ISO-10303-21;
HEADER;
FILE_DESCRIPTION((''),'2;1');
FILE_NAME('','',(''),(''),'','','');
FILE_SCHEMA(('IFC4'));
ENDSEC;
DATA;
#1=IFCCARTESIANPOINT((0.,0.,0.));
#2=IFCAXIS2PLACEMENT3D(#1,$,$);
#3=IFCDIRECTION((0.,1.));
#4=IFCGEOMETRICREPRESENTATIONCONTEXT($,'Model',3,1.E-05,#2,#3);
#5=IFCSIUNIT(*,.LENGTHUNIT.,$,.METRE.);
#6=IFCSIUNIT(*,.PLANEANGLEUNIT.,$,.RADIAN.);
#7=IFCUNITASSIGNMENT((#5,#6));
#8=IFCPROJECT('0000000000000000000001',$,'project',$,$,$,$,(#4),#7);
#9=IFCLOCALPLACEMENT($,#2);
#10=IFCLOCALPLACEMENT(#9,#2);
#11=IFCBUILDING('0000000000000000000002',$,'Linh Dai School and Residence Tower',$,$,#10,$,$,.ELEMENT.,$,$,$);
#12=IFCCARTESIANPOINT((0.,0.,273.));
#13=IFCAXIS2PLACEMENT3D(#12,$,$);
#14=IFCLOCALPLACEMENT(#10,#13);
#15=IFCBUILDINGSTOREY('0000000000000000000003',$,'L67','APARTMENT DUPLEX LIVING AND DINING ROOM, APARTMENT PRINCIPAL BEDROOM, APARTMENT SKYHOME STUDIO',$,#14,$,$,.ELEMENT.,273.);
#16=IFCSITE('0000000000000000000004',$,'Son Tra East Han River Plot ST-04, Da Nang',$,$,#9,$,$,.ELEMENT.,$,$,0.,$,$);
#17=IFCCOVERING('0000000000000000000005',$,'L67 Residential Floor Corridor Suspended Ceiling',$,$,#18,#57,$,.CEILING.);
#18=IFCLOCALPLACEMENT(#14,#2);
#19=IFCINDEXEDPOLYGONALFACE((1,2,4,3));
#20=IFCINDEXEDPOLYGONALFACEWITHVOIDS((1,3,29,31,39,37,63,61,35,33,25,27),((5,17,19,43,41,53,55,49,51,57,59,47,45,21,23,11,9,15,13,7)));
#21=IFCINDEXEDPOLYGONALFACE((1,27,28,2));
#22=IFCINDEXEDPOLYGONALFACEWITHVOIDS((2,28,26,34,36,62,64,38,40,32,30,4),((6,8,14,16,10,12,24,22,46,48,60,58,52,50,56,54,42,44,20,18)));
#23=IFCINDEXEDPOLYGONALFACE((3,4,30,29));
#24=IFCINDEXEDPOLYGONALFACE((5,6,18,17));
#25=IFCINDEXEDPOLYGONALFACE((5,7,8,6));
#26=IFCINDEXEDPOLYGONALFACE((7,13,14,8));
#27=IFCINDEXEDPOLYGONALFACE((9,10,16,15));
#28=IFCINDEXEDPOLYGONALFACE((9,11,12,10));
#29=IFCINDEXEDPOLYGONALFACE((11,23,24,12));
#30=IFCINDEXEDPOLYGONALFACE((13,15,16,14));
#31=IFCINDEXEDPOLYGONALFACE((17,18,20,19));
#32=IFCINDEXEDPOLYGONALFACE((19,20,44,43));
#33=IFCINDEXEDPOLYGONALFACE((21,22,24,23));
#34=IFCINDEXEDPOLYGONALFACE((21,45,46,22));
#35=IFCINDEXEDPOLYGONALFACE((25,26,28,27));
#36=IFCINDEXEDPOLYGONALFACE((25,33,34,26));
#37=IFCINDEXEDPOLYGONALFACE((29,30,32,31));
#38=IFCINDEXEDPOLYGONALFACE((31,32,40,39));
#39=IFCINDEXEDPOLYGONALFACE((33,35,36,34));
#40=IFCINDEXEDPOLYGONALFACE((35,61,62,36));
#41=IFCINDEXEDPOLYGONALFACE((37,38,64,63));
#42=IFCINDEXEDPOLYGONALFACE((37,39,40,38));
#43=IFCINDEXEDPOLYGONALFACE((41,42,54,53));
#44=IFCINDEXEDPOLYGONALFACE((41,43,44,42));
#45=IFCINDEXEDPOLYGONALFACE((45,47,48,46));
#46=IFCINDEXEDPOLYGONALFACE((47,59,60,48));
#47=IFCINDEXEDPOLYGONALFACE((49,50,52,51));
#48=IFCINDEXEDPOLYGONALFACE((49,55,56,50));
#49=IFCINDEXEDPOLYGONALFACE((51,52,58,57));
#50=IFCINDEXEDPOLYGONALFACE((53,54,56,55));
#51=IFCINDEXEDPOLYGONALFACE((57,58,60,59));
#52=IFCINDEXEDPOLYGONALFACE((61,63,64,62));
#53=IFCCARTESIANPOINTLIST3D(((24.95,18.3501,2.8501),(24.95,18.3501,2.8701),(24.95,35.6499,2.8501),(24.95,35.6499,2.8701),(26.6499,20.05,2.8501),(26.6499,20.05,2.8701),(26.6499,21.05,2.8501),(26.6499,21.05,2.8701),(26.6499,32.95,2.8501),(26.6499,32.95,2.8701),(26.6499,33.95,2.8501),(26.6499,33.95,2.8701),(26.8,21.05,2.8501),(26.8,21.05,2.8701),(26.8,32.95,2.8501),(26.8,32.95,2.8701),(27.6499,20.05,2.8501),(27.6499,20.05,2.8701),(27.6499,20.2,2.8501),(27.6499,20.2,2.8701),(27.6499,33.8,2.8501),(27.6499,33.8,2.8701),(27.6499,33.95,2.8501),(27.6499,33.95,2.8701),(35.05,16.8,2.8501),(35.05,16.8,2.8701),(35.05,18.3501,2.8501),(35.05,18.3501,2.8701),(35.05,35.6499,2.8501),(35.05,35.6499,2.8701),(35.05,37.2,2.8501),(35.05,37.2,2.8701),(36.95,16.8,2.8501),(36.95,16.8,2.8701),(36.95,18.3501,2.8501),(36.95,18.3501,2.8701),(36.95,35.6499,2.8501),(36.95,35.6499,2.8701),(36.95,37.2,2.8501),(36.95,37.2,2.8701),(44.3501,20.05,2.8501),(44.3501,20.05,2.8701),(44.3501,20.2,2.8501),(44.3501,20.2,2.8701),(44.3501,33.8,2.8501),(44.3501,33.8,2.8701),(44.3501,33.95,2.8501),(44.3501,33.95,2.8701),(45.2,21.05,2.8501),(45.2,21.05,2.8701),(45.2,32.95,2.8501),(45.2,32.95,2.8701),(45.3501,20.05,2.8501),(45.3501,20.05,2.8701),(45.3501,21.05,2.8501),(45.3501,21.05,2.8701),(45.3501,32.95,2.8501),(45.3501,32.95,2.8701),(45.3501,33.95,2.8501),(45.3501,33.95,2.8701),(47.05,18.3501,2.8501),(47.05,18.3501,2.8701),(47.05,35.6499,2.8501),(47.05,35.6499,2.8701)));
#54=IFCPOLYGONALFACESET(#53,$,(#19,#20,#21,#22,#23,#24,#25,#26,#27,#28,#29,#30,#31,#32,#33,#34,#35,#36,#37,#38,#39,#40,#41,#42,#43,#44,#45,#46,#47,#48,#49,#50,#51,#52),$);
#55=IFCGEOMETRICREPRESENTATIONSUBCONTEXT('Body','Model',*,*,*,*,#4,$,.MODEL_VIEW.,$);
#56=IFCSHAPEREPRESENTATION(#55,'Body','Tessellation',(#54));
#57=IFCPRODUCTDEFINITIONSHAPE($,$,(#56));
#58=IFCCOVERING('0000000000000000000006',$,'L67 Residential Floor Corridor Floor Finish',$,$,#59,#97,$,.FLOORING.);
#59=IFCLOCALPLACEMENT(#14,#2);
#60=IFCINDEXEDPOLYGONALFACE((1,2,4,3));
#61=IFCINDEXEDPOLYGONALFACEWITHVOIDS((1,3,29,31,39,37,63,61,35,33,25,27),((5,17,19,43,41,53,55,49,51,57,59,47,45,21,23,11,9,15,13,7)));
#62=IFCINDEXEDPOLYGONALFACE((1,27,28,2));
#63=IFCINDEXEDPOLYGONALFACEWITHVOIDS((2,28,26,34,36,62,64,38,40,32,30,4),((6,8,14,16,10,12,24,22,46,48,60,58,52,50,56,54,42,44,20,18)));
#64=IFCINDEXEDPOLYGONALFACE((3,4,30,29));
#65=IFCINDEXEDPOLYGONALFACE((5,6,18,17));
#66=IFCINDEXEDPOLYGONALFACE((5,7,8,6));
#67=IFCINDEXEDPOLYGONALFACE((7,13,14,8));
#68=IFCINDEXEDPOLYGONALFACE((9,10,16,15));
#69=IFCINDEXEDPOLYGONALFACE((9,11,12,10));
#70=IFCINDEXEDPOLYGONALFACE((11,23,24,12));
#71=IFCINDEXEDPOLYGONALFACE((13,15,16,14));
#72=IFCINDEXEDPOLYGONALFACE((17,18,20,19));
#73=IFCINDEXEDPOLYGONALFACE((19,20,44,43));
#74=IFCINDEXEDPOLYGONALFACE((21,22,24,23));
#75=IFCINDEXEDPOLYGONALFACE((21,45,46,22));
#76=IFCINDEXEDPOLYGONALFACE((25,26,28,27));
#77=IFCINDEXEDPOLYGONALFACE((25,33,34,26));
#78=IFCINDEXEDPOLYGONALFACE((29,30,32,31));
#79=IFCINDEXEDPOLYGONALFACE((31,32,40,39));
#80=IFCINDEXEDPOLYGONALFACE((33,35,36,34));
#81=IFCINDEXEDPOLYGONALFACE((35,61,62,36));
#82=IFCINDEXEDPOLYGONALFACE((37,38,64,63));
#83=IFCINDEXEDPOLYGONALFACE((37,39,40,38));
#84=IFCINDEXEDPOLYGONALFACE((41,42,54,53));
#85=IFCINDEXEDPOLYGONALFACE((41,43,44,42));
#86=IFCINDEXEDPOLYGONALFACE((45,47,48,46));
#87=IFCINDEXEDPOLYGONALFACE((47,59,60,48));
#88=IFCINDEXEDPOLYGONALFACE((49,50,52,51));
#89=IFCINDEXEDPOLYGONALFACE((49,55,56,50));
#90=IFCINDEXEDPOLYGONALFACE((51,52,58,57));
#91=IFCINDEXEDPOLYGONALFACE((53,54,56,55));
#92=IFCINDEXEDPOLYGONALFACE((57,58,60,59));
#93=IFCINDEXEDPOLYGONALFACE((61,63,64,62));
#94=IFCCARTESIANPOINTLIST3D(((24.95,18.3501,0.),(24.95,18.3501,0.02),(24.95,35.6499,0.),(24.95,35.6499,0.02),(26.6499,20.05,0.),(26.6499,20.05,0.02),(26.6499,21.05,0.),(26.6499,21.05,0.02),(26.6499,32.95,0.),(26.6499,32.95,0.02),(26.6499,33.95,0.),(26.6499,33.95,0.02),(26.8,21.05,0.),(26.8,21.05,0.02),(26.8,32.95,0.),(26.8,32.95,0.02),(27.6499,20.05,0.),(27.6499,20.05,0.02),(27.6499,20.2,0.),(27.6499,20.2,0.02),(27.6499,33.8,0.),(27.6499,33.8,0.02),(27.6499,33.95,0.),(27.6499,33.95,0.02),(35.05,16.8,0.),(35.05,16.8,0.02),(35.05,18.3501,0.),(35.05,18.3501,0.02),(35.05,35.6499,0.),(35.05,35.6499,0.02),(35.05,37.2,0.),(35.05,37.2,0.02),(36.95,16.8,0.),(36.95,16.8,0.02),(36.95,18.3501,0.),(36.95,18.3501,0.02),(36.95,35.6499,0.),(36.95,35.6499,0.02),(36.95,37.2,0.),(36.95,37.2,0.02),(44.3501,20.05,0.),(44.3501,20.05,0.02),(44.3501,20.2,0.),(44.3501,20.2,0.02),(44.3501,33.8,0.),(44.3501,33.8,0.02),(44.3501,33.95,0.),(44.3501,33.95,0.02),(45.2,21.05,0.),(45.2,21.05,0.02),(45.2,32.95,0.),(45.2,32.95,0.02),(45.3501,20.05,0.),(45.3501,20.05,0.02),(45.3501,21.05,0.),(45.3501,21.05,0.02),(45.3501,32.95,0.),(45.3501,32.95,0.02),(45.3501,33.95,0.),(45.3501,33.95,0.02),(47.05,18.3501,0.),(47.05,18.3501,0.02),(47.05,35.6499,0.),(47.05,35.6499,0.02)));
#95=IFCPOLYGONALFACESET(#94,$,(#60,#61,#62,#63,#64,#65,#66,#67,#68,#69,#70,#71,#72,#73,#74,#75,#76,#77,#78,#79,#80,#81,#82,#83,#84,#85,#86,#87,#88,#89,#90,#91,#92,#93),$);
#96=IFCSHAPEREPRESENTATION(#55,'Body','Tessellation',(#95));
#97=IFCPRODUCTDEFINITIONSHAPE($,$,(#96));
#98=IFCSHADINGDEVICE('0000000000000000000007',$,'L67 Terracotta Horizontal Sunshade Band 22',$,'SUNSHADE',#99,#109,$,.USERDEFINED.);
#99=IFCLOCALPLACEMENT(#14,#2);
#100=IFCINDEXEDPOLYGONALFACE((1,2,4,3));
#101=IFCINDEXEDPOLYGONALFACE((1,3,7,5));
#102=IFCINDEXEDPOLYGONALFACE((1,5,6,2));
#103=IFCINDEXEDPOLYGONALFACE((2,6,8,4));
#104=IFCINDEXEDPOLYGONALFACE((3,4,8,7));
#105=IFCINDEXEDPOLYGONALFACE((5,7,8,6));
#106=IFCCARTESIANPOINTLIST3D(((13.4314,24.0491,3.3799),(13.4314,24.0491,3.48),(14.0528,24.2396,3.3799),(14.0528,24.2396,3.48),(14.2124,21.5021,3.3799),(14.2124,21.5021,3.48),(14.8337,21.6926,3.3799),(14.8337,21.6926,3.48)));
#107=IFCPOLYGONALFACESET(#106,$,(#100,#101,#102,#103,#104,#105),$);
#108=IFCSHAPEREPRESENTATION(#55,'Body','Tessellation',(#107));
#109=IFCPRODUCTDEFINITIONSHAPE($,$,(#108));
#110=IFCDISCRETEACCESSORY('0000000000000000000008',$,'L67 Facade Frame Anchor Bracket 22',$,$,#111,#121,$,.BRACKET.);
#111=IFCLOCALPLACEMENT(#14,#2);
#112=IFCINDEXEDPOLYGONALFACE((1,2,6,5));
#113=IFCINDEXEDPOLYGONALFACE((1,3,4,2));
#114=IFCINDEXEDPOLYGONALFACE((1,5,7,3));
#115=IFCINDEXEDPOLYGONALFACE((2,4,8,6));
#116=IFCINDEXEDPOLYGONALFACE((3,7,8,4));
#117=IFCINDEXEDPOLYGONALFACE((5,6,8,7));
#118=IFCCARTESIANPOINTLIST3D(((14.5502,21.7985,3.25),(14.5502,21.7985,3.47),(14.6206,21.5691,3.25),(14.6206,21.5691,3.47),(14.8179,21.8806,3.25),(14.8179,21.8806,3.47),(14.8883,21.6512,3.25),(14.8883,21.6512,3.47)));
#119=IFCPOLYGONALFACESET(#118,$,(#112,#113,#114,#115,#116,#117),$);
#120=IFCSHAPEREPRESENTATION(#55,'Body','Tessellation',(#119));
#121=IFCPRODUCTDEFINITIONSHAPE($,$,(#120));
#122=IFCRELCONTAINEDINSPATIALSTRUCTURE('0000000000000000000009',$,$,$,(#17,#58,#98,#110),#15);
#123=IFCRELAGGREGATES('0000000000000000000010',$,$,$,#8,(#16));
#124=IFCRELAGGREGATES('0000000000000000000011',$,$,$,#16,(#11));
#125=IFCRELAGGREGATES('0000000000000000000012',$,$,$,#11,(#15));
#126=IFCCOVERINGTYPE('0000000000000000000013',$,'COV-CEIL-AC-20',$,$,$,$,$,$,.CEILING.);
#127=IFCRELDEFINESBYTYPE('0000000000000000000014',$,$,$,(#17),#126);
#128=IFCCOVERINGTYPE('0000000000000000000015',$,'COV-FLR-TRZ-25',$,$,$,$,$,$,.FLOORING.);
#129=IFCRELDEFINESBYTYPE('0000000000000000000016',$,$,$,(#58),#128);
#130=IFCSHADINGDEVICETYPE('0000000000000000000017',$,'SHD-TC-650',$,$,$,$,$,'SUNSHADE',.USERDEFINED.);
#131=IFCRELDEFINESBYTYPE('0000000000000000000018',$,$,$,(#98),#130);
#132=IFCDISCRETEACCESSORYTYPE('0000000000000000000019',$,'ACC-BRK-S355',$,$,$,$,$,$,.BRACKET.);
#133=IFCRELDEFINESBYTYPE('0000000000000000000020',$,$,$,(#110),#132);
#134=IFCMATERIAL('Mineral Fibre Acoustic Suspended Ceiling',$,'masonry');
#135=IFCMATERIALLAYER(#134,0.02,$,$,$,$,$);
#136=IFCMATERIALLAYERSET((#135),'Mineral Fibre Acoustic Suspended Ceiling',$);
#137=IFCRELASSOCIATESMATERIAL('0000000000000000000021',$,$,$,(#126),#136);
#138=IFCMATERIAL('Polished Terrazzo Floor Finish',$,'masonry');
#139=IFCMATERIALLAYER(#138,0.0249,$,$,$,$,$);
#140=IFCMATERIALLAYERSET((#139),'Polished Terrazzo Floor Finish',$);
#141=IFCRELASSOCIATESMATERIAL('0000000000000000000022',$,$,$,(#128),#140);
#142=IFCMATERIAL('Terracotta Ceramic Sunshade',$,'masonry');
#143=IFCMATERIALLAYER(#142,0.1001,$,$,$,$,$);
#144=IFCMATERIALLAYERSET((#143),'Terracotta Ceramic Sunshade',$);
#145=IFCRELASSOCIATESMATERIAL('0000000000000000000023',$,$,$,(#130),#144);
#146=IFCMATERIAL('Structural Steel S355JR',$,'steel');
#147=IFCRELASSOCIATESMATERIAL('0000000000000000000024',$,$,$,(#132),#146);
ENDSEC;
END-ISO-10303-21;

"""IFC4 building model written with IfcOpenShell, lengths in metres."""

from ifc_helpers import new_model, si_unit, direction, frame, origin, origin_2d, place, context, subcontext, project, spatial, polyline, rectangle, outline, extrude, source, transform, mapped, material, layer, layer_set, type_object, element, save


model = new_model("IFC4")

# Units and contexts
model_context = context("Model", 3, precision=1e-05, world=origin(), true_north=direction((0.0, 1.0)))
body_context = subcontext(model_context, "Body", "Model", "MODEL_VIEW")
ifc_project = project(units=[si_unit("LENGTHUNIT", "METRE"), si_unit("PLANEANGLEUNIT", "RADIAN")], contexts=[model_context])

# Site, building, storey
site_placement = place(None, origin())
site = spatial("IfcSite", under=ifc_project, at=site_placement, Name="Son Tra East Han River Plot ST-04, Da Nang", CompositionType="ELEMENT", RefElevation=0.0)
building_placement = place(site_placement, origin())
building = spatial("IfcBuilding", under=site, at=building_placement, Name="Linh Dai School and Residence Tower", CompositionType="ELEMENT")
storey_placement = place(building_placement, frame((0.0, 0.0, 273.0)))
storey = spatial("IfcBuildingStorey", under=building, at=storey_placement, Name="L67", Description="APARTMENT DUPLEX LIVING AND DINING ROOM, APARTMENT PRINCIPAL BEDROOM, APARTMENT SKYHOME STUDIO", CompositionType="ELEMENT", Elevation=273.0)

# Shared definitions
ifc_material_1 = material(Name="Structural Steel S355JR", Category="steel")

# Coverings
ifc_material_2 = material(Name="Mineral Fibre Acoustic Suspended Ceiling", Category="masonry")
ifc_layer_1 = layer(ifc_material_2, 0.02)
ifc_layer_set_1 = layer_set([ifc_layer_1], Name="Mineral Fibre Acoustic Suspended Ceiling")
covering_type_1 = type_object("IfcCoveringType", Name="COV-CEIL-AC-20", PredefinedType="CEILING", material=ifc_layer_set_1)
covering_1_placement = place(storey_placement, frame((0.0, 0.0, 2.8501)))
element("IfcCovering", 1, at=covering_1_placement, inside=storey, type_object=covering_type_1, Name="L67 Residential Floor Corridor Suspended Ceiling", PredefinedType="CEILING", context=body_context, shape_type="SweptSolid", body=[
    extrude(outline(polyline([(24.95, 18.3501), (24.95, 35.6499), (35.05, 35.6499), (35.05, 37.2), (36.95, 37.2), (36.95, 35.6499), (47.05, 35.6499), (47.05, 18.3501), (36.95, 18.3501), (36.95, 16.8), (35.05, 16.8), (35.05, 18.3501), (24.95, 18.3501)]), holes=[polyline([(27.6499, 33.8), (27.6499, 33.95), (26.6499, 33.95), (26.6499, 32.95), (26.8, 32.95), (26.8, 21.05), (26.6499, 21.05), (26.6499, 20.05), (27.6499, 20.05), (27.6499, 20.2), (44.3501, 20.2), (44.3501, 20.05), (45.3501, 20.05), (45.3501, 21.05), (45.2, 21.05), (45.2, 32.95), (45.3501, 32.95), (45.3501, 33.95), (44.3501, 33.95), (44.3501, 33.8), (27.6499, 33.8)])]), origin(), (0.0, 0.0, 1.0), 0.02),
])
ifc_material_3 = material(Name="Polished Terrazzo Floor Finish", Category="masonry")
ifc_layer_2 = layer(ifc_material_3, 0.0249)
ifc_layer_set_2 = layer_set([ifc_layer_2], Name="Polished Terrazzo Floor Finish")
covering_type_2 = type_object("IfcCoveringType", Name="COV-FLR-TRZ-25", PredefinedType="FLOORING", material=ifc_layer_set_2)
covering_2_placement = place(storey_placement, origin())
element("IfcCovering", 2, at=covering_2_placement, inside=storey, type_object=covering_type_2, Name="L67 Residential Floor Corridor Floor Finish", PredefinedType="FLOORING", context=body_context, shape_type="SweptSolid", body=[
    extrude(outline(polyline([(24.95, 18.3501), (24.95, 35.6499), (35.05, 35.6499), (35.05, 37.2), (36.95, 37.2), (36.95, 35.6499), (47.05, 35.6499), (47.05, 18.3501), (36.95, 18.3501), (36.95, 16.8), (35.05, 16.8), (35.05, 18.3501), (24.95, 18.3501)]), holes=[polyline([(27.6499, 33.8), (27.6499, 33.95), (26.6499, 33.95), (26.6499, 32.95), (26.8, 32.95), (26.8, 21.05), (26.6499, 21.05), (26.6499, 20.05), (27.6499, 20.05), (27.6499, 20.2), (44.3501, 20.2), (44.3501, 20.05), (45.3501, 20.05), (45.3501, 21.05), (45.2, 21.05), (45.2, 32.95), (45.3501, 32.95), (45.3501, 33.95), (44.3501, 33.95), (44.3501, 33.8), (27.6499, 33.8)])]), origin(), (0.0, 0.0, 1.0), 0.02),
])

# Shading device
ifc_material_4 = material(Name="Terracotta Ceramic Sunshade", Category="masonry")
ifc_layer_3 = layer(ifc_material_4, 0.1001)
ifc_layer_set_3 = layer_set([ifc_layer_3], Name="Terracotta Ceramic Sunshade")
shading_device_type = type_object("IfcShadingDeviceType", Name="SHD-TC-650", ElementType="SUNSHADE", PredefinedType="USERDEFINED", material=ifc_layer_set_3)
shared_shape_1 = source(origin(), body_context, "Body", "SweptSolid", [
    extrude(rectangle(XDim=2.6641, YDim=0.6499, at=origin_2d()), origin(), (0.0, 0.0, 1.0), 0.1001),
])
shading_device_placement = place(storey_placement, frame((14.1326, 22.8708, 3.3799), z_axis=(0.0, 0.0, 1.0), x_axis=(-0.293141, 0.956069, 0.0)))
element("IfcShadingDevice", 3, at=shading_device_placement, inside=storey, type_object=shading_device_type, Name="L67 Terracotta Horizontal Sunshade Band 22", ObjectType="SUNSHADE", PredefinedType="USERDEFINED", context=body_context, shape_type="MappedRepresentation", body=[
    mapped(shared_shape_1, transform((0.0, 0.0, 0.0), x_axis=(1.0, 0.0, 0.0), y_axis=(0.0, 1.0, 0.0), z_axis=(0.0, 0.0, 1.0), scale=1.0)),
])

# Discrete accessory
discrete_accessory_type = type_object("IfcDiscreteAccessoryType", Name="ACC-BRK-S355", PredefinedType="BRACKET", material=ifc_material_1)
shared_shape_2 = source(origin(), body_context, "Body", "SweptSolid", [
    extrude(rectangle(XDim=0.28, YDim=0.24, at=origin_2d()), origin(), (0.0, 0.0, 1.0), 0.22),
])
discrete_accessory_placement = place(storey_placement, frame((14.7192, 21.7249, 3.25), z_axis=(0.0, 0.0, 1.0), x_axis=(-0.956069, -0.293141, 0.0)))
element("IfcDiscreteAccessory", 4, at=discrete_accessory_placement, inside=storey, type_object=discrete_accessory_type, Name="L67 Facade Frame Anchor Bracket 22", PredefinedType="BRACKET", context=body_context, shape_type="MappedRepresentation", body=[
    mapped(shared_shape_2, transform((0.0, 0.0, 0.0), x_axis=(1.0, 0.0, 0.0), y_axis=(0.0, 1.0, 0.0), z_axis=(0.0, 0.0, 1.0), scale=1.0)),
])

save(model, "model.ifc")
